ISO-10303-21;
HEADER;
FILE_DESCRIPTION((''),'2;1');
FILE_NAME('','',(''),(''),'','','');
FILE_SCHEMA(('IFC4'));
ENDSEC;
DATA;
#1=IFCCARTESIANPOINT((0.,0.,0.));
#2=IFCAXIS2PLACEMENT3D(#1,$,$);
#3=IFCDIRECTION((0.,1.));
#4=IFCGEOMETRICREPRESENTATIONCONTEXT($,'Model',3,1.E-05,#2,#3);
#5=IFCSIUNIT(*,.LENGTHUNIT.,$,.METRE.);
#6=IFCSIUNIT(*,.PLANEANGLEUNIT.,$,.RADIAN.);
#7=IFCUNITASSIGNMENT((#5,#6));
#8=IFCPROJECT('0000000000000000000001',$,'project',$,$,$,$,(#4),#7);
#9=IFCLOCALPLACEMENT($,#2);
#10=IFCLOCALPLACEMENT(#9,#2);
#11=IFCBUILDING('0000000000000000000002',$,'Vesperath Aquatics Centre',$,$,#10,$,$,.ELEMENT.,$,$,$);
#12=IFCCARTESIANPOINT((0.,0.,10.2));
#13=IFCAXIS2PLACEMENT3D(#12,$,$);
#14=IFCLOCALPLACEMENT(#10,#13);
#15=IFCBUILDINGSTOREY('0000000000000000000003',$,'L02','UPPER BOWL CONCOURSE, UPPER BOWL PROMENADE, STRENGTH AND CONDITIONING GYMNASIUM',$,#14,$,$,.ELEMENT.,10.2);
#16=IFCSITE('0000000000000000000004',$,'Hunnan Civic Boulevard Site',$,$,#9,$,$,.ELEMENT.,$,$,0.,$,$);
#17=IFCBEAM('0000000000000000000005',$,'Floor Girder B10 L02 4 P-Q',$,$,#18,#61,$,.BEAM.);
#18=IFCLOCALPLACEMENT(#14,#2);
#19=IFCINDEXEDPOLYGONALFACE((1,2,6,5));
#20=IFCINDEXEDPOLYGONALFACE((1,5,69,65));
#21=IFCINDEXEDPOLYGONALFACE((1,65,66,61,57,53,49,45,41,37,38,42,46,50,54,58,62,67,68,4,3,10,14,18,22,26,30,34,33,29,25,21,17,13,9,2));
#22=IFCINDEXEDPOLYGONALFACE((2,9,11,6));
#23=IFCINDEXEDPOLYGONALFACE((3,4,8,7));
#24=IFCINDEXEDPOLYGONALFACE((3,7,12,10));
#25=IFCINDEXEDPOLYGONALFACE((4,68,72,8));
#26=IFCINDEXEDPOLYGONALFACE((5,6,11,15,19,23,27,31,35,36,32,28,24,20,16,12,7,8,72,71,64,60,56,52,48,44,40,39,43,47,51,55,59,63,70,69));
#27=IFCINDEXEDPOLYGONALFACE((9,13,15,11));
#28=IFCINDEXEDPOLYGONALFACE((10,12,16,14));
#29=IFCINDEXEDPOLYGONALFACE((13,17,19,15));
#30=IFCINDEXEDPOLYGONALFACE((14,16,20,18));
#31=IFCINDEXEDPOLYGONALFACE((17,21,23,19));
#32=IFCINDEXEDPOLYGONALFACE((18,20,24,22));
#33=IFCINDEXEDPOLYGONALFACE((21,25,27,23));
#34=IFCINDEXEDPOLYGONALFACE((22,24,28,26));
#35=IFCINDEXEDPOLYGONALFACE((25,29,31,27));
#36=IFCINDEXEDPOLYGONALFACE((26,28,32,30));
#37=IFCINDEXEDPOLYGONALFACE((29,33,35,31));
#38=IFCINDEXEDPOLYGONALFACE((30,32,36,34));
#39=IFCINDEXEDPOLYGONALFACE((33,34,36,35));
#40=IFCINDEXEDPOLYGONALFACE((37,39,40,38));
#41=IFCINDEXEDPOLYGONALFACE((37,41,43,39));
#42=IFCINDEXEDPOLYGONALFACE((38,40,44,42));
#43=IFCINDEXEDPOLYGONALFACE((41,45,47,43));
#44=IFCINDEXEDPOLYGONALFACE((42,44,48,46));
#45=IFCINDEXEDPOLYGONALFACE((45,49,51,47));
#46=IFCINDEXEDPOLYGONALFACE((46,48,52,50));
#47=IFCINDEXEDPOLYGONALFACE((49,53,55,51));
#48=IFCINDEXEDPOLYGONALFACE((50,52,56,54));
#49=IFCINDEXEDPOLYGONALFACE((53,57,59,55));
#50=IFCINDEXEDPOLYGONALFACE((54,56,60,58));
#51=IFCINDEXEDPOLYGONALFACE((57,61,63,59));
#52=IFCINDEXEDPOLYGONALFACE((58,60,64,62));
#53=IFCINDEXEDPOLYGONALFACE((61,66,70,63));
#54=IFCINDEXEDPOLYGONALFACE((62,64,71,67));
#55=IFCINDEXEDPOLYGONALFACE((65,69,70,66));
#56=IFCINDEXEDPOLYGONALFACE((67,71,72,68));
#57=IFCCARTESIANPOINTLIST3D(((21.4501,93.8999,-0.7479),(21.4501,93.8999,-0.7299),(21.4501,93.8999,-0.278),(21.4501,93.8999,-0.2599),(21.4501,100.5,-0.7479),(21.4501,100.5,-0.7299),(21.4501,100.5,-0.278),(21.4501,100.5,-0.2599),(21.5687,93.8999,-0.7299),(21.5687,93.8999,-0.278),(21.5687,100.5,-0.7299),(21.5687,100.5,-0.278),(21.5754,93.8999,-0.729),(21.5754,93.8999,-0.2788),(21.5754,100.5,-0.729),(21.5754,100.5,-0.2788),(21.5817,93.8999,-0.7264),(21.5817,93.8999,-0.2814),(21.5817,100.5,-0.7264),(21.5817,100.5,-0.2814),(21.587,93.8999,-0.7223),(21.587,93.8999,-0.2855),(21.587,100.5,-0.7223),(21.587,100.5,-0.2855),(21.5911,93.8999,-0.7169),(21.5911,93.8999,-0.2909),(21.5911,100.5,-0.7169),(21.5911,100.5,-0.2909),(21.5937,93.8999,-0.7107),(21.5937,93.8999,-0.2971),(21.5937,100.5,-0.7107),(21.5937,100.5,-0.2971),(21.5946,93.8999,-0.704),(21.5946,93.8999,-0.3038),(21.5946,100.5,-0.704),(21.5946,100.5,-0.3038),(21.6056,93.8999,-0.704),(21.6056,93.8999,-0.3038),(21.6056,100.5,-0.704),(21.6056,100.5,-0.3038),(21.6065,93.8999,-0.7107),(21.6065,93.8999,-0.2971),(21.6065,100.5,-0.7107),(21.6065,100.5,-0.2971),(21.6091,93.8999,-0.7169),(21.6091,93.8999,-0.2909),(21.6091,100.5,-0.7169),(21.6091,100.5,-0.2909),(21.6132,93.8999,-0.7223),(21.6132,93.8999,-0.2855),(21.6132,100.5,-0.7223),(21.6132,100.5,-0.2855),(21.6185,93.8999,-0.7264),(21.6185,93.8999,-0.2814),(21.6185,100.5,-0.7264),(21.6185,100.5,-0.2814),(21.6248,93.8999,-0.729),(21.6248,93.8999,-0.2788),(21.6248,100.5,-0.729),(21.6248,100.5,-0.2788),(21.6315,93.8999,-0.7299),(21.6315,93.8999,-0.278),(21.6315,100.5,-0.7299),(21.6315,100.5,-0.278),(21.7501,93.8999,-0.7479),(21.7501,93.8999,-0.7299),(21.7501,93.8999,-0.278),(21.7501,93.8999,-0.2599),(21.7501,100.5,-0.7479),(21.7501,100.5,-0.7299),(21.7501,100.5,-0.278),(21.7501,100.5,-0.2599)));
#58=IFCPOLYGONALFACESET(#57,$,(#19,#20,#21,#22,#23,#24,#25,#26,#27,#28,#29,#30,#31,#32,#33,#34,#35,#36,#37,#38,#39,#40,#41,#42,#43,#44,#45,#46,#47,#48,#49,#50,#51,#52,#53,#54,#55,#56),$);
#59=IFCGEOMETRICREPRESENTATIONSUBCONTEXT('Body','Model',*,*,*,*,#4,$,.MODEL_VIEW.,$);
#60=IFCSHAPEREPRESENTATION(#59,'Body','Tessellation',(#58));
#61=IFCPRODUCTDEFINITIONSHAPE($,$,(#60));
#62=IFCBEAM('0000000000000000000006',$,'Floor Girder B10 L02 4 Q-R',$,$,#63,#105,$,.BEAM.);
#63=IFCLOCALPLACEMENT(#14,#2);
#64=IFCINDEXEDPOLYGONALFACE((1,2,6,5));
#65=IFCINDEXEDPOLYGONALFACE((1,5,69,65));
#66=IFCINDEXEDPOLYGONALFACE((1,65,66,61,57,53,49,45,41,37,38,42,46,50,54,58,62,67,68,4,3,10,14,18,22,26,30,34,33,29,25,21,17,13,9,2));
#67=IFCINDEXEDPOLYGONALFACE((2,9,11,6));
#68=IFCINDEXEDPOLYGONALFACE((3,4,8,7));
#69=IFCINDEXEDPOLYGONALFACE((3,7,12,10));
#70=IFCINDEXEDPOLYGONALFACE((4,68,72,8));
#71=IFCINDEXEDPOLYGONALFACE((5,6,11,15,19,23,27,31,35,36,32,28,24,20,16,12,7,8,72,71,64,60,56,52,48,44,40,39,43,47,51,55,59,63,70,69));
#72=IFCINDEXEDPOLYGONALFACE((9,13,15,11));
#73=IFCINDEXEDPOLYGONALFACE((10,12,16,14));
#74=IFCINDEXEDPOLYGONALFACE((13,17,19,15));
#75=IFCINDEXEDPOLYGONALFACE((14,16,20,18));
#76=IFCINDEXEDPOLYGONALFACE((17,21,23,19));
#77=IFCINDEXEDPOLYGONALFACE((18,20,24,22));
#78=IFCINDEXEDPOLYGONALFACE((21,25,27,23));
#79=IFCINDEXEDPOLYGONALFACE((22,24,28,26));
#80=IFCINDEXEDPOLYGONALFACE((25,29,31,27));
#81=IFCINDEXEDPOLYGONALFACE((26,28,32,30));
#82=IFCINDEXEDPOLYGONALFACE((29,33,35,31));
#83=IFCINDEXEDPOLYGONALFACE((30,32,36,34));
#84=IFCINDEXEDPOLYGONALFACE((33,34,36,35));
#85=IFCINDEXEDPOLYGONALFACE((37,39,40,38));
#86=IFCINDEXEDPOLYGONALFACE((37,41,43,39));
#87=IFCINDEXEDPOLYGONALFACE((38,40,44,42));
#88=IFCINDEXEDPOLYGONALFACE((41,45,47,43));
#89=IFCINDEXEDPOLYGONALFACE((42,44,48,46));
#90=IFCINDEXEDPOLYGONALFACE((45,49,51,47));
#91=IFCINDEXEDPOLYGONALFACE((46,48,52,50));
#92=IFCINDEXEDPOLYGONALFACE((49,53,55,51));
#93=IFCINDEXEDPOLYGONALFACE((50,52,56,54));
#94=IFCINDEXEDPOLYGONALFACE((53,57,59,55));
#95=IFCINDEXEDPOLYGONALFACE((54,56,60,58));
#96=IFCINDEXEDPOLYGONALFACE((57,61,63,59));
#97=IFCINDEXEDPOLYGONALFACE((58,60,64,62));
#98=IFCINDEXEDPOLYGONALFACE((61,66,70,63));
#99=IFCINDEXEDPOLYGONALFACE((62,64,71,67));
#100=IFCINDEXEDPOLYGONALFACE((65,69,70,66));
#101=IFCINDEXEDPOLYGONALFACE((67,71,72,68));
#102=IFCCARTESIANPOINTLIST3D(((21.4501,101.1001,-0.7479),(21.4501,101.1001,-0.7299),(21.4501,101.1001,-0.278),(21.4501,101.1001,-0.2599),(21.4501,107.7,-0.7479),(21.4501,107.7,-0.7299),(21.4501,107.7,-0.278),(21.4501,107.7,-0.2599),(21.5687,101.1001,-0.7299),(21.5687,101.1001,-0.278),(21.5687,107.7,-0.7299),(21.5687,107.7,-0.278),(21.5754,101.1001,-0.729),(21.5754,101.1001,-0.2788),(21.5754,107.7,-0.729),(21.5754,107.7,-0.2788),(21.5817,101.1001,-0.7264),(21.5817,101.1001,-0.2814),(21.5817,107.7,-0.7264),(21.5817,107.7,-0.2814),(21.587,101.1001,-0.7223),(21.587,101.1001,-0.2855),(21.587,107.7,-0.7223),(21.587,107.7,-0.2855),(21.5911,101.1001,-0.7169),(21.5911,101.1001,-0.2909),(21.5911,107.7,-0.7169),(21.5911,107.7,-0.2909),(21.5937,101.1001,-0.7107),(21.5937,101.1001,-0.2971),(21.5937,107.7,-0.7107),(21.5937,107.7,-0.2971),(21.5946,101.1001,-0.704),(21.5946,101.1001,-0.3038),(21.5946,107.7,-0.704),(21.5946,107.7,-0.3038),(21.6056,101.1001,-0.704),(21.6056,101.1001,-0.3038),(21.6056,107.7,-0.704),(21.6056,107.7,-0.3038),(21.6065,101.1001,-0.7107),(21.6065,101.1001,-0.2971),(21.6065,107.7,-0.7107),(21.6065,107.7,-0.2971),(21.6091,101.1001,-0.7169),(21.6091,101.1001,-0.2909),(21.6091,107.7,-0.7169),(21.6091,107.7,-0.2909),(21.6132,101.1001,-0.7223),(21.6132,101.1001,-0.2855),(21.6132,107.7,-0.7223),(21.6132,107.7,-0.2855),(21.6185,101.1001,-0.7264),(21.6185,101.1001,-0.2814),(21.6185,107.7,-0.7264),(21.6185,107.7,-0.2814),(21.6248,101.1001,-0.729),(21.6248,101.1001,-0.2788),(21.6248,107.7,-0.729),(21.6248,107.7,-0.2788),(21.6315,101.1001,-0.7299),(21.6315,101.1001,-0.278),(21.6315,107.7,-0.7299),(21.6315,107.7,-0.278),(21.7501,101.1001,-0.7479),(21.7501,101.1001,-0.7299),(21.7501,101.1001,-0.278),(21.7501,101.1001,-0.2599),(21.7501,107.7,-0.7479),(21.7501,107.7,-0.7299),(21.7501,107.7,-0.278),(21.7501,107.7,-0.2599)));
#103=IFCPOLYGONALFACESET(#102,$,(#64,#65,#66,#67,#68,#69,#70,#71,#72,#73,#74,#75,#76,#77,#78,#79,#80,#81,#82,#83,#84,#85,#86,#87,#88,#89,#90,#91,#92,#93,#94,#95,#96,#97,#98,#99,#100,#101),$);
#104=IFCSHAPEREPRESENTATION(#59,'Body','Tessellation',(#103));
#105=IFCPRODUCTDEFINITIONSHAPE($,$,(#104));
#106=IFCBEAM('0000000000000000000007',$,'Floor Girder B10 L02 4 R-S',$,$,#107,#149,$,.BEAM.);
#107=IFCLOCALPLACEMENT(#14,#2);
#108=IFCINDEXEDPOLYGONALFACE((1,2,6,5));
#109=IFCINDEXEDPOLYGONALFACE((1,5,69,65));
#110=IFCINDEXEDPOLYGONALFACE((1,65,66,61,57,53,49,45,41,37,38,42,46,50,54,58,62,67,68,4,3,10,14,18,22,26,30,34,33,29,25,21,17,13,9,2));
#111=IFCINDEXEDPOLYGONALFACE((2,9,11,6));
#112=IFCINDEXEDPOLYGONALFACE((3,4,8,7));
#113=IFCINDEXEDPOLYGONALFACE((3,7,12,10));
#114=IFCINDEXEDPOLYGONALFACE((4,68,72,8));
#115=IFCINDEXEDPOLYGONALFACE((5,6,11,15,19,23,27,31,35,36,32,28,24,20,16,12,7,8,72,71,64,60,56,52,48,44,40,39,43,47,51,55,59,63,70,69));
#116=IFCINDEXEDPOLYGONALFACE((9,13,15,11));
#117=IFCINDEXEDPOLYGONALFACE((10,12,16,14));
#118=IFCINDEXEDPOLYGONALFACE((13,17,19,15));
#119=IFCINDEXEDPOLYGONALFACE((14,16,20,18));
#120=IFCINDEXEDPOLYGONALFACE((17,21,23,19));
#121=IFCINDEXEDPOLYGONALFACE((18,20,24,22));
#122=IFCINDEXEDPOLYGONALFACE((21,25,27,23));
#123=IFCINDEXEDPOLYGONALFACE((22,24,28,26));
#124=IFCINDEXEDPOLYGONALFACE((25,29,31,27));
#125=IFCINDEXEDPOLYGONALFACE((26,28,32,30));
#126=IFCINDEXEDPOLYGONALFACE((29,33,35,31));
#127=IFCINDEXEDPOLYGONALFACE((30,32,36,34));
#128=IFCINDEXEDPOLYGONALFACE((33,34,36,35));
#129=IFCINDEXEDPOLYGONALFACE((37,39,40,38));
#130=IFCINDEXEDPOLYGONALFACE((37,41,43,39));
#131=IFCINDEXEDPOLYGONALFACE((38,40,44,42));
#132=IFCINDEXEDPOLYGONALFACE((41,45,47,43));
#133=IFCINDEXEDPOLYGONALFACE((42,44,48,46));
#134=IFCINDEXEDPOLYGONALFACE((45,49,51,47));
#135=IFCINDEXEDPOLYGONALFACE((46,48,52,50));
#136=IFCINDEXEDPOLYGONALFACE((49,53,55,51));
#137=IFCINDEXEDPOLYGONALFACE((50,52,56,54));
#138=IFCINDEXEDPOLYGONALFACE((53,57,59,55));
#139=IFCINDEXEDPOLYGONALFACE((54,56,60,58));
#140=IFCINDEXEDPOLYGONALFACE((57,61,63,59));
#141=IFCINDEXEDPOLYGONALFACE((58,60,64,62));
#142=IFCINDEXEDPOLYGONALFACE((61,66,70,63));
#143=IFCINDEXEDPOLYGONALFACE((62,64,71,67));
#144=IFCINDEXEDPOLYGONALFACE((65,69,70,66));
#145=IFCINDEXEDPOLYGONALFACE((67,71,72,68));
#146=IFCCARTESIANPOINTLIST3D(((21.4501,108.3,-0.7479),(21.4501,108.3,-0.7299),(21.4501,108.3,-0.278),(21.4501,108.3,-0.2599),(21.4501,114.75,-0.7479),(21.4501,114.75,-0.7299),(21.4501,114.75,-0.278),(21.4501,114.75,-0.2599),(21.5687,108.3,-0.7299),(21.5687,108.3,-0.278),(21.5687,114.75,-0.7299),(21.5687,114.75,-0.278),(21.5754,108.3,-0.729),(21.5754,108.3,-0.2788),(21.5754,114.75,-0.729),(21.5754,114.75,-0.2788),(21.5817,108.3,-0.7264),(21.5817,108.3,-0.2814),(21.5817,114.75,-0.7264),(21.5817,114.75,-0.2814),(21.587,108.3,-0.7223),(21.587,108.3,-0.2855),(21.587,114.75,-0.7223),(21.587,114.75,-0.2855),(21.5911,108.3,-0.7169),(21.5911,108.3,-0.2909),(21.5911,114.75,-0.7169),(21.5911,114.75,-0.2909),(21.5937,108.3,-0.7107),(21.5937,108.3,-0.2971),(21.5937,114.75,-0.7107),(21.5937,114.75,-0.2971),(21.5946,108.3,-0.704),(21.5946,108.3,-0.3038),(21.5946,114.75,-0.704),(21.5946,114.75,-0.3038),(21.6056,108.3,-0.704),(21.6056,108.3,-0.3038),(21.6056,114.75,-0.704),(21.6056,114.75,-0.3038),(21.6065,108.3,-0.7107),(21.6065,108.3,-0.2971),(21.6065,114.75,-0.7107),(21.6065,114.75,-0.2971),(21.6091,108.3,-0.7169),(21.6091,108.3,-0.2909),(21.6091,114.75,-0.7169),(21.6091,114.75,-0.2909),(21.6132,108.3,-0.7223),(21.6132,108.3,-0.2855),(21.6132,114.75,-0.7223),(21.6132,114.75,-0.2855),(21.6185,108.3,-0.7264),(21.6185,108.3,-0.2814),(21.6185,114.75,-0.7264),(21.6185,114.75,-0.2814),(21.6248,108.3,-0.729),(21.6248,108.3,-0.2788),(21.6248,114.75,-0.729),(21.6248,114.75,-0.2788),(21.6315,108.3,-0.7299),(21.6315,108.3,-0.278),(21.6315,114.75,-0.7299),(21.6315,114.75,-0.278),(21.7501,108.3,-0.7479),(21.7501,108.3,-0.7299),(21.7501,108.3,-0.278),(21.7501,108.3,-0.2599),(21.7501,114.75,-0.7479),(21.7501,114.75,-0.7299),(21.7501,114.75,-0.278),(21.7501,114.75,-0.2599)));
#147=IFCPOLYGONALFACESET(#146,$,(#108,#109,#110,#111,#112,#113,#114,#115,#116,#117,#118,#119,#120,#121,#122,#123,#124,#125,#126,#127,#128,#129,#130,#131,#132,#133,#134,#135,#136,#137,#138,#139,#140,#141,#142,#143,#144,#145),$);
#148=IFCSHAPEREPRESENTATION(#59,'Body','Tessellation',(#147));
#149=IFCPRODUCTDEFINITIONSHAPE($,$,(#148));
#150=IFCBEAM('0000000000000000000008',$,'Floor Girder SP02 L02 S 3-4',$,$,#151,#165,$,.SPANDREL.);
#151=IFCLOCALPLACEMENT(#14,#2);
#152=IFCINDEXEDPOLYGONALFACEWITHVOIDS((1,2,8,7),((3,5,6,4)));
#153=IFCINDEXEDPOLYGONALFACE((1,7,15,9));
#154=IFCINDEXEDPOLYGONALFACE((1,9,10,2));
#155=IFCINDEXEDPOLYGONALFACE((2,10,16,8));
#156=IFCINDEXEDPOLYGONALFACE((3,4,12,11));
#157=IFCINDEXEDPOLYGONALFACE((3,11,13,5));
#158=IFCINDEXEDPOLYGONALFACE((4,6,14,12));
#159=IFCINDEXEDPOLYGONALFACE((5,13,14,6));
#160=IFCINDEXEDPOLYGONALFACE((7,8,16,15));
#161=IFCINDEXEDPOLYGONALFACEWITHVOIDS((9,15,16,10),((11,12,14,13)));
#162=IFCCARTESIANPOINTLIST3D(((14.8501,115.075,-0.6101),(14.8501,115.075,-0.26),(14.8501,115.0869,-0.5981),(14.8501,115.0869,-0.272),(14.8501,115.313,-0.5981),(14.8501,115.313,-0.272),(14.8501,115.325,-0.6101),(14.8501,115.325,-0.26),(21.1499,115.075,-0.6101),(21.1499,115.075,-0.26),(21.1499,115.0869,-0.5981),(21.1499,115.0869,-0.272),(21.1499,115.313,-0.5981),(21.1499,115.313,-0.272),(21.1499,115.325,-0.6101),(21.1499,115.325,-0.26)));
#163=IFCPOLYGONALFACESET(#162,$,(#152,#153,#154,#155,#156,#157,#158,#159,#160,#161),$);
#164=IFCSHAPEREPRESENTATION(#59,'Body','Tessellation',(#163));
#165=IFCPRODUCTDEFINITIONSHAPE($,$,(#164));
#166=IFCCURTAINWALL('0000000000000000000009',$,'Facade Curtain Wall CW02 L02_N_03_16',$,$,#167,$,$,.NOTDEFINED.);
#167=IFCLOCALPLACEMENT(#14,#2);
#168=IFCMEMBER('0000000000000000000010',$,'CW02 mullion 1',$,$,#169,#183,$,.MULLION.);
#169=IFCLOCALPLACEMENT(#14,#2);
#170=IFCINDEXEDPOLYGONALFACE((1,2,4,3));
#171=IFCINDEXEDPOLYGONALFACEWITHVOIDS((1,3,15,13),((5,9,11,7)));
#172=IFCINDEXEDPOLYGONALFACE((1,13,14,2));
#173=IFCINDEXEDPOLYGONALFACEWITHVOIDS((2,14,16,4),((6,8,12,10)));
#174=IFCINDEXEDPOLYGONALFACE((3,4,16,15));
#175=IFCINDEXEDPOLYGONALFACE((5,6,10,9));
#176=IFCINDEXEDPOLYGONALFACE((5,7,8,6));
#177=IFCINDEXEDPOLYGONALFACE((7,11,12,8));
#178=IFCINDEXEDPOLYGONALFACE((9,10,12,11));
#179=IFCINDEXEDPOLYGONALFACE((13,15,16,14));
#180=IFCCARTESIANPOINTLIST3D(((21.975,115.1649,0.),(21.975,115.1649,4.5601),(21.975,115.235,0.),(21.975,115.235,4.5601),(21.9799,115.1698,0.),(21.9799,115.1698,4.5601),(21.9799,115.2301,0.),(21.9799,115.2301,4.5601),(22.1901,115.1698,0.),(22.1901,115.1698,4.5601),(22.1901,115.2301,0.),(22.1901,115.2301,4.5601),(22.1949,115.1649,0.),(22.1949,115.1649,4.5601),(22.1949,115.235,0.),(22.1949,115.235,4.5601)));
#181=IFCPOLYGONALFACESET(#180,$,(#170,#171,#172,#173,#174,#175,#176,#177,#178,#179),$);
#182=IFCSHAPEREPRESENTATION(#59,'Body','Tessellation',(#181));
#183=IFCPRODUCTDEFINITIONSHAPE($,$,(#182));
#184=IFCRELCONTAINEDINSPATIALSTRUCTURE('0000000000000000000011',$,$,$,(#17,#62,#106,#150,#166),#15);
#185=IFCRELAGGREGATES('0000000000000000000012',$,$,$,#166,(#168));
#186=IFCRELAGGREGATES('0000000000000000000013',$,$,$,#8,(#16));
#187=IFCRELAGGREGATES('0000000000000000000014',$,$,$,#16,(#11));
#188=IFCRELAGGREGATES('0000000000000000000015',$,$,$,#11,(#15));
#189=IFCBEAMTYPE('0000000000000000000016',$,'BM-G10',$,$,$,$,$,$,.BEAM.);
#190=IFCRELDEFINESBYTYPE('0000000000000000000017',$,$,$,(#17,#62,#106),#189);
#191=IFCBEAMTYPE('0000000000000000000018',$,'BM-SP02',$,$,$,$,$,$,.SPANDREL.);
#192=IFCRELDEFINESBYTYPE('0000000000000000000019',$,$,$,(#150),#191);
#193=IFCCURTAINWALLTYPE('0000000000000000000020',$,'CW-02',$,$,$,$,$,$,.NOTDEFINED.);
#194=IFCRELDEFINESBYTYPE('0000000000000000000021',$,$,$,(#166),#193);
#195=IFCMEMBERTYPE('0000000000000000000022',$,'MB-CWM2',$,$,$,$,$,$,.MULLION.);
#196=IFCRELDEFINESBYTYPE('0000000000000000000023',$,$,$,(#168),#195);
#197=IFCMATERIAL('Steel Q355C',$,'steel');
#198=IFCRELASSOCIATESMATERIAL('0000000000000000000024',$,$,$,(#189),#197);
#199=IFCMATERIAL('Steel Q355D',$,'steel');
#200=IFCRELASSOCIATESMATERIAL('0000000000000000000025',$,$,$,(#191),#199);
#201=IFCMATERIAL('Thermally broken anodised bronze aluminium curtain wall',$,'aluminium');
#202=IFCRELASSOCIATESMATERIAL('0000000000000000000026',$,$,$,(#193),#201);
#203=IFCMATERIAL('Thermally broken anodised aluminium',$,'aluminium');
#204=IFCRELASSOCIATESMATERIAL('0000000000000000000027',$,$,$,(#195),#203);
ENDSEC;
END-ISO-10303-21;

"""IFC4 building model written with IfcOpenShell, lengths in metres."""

from ifc_helpers import new_model, si_unit, direction, frame, origin, origin_2d, place, context, subcontext, project, spatial, hollow_rectangle, i_section, extrude, material, material_profile, profile_set, type_object, element, aggregate, save


model = new_model("IFC4")

# Units and contexts
model_context = context("Model", 3, precision=1e-05, world=origin(), true_north=direction((0.0, 1.0)))
body_context = subcontext(model_context, "Body", "Model", "MODEL_VIEW")
ifc_project = project(units=[si_unit("LENGTHUNIT", "METRE"), si_unit("PLANEANGLEUNIT", "RADIAN")], contexts=[model_context])

# Site, building, storey
site_placement = place(None, origin())
site = spatial("IfcSite", under=ifc_project, at=site_placement, Name="Hunnan Civic Boulevard Site", CompositionType="ELEMENT", RefElevation=0.0)
building_placement = place(site_placement, origin())
building = spatial("IfcBuilding", under=site, at=building_placement, Name="Vesperath Aquatics Centre", CompositionType="ELEMENT")
storey_placement = place(building_placement, frame((0.0, 0.0, 10.2)))
storey = spatial("IfcBuildingStorey", under=building, at=storey_placement, Name="L02", Description="UPPER BOWL CONCOURSE, UPPER BOWL PROMENADE, STRENGTH AND CONDITIONING GYMNASIUM", CompositionType="ELEMENT", Elevation=10.2)

# Beams
ifc_material_1 = material(Name="Steel Q355C", Category="steel")
ifc_material_profile_1 = material_profile(ifc_material_1, i_section(OverallWidth=0.3, OverallDepth=0.488, WebThickness=0.011, FlangeThickness=0.0181, FilletRadius=0.0259, at=origin_2d()), Name="HM 488x300x11x18")
ifc_profile_set_1 = profile_set([ifc_material_profile_1], Name="Steel Q355C")
beam_type_1 = type_object("IfcBeamType", Name="BM-G10", PredefinedType="BEAM", material=ifc_profile_set_1)
beam_1_placement = place(storey_placement, frame((21.6001, 93.8999, -0.5039), z_axis=(0.0, 1.0, 0.0), x_axis=(-1.0, 0.0, 0.0)))
element("IfcBeam", 1, at=beam_1_placement, inside=storey, type_object=beam_type_1, Name="Floor Girder B10 L02 4 P-Q", PredefinedType="BEAM", context=body_context, shape_type="SweptSolid", body=[
    extrude(i_section(OverallWidth=0.3, OverallDepth=0.488, WebThickness=0.011, FlangeThickness=0.0181, FilletRadius=0.0259, at=origin_2d()), origin(), (0.0, 0.0, 1.0), 6.6001),
])
beam_2_placement = place(storey_placement, frame((21.6001, 101.1001, -0.5039), z_axis=(0.0, 1.0, 0.0), x_axis=(-1.0, 0.0, 0.0)))
element("IfcBeam", 2, at=beam_2_placement, inside=storey, type_object=beam_type_1, Name="Floor Girder B10 L02 4 Q-R", PredefinedType="BEAM", context=body_context, shape_type="SweptSolid", body=[
    extrude(i_section(OverallWidth=0.3, OverallDepth=0.488, WebThickness=0.011, FlangeThickness=0.0181, FilletRadius=0.0259, at=origin_2d()), origin(), (0.0, 0.0, 1.0), 6.5999),
])
beam_3_placement = place(storey_placement, frame((21.6001, 108.3, -0.5039), z_axis=(0.0, 1.0, 0.0), x_axis=(-1.0, 0.0, 0.0)))
element("IfcBeam", 3, at=beam_3_placement, inside=storey, type_object=beam_type_1, Name="Floor Girder B10 L02 4 R-S", PredefinedType="BEAM", context=body_context, shape_type="SweptSolid", body=[
    extrude(i_section(OverallWidth=0.3, OverallDepth=0.488, WebThickness=0.011, FlangeThickness=0.0181, FilletRadius=0.0259, at=origin_2d()), origin(), (0.0, 0.0, 1.0), 6.45),
])
ifc_material_2 = material(Name="Steel Q355D", Category="steel")
ifc_material_profile_2 = material_profile(ifc_material_2, hollow_rectangle(XDim=0.25, YDim=0.3501, WallThickness=0.012, at=origin_2d()), Name="RHS 350x250x12")
ifc_profile_set_2 = profile_set([ifc_material_profile_2], Name="Steel Q355D")
beam_type_2 = type_object("IfcBeamType", Name="BM-SP02", PredefinedType="SPANDREL", material=ifc_profile_set_2)
beam_4_placement = place(storey_placement, frame((14.8501, 115.2, -0.4351), z_axis=(1.0, 0.0, 0.0), x_axis=(0.0, 1.0, 0.0)))
element("IfcBeam", 4, at=beam_4_placement, inside=storey, type_object=beam_type_2, Name="Floor Girder SP02 L02 S 3-4", PredefinedType="SPANDREL", context=body_context, shape_type="SweptSolid", body=[
    extrude(hollow_rectangle(XDim=0.25, YDim=0.3501, WallThickness=0.012, at=origin_2d()), origin(), (0.0, 0.0, 1.0), 6.2998),
])

# Curtain wall, member
ifc_material_3 = material(Name="Thermally broken anodised bronze aluminium curtain wall", Category="aluminium")
curtain_wall_type = type_object("IfcCurtainWallType", Name="CW-02", PredefinedType="NOTDEFINED", material=ifc_material_3)
curtain_wall_1_placement = place(storey_placement, origin())
curtain_wall_1 = element("IfcCurtainWall", 5, at=curtain_wall_1_placement, inside=storey, type_object=curtain_wall_type, Name="Facade Curtain Wall CW02 L02_N_03_16", PredefinedType="NOTDEFINED")
ifc_material_4 = material(Name="Thermally broken anodised aluminium", Category="aluminium")
ifc_material_profile_3 = material_profile(ifc_material_4, hollow_rectangle(XDim=0.0701, YDim=0.22, WallThickness=0.0049, at=origin_2d()), Name="CWM 70x220x5")
ifc_profile_set_3 = profile_set([ifc_material_profile_3], Name="Thermally broken anodised aluminium")
member_type_1 = type_object("IfcMemberType", Name="MB-CWM2", PredefinedType="MULLION", material=ifc_profile_set_3)
member_1_placement = place(storey_placement, frame((22.085, 115.2, 0.0), z_axis=(0.0, 0.0, 1.0), x_axis=(0.0, 1.0, 0.0)))
member_1 = element("IfcMember", 6, at=member_1_placement, type_object=member_type_1, Name="CW02 mullion 1", PredefinedType="MULLION", context=body_context, shape_type="SweptSolid", body=[
    extrude(hollow_rectangle(XDim=0.0701, YDim=0.22, WallThickness=0.0049, at=origin_2d()), origin(), (0.0, 0.0, 1.0), 4.5601),
])

aggregate(curtain_wall_1, [member_1])

save(model, "model.ifc")
